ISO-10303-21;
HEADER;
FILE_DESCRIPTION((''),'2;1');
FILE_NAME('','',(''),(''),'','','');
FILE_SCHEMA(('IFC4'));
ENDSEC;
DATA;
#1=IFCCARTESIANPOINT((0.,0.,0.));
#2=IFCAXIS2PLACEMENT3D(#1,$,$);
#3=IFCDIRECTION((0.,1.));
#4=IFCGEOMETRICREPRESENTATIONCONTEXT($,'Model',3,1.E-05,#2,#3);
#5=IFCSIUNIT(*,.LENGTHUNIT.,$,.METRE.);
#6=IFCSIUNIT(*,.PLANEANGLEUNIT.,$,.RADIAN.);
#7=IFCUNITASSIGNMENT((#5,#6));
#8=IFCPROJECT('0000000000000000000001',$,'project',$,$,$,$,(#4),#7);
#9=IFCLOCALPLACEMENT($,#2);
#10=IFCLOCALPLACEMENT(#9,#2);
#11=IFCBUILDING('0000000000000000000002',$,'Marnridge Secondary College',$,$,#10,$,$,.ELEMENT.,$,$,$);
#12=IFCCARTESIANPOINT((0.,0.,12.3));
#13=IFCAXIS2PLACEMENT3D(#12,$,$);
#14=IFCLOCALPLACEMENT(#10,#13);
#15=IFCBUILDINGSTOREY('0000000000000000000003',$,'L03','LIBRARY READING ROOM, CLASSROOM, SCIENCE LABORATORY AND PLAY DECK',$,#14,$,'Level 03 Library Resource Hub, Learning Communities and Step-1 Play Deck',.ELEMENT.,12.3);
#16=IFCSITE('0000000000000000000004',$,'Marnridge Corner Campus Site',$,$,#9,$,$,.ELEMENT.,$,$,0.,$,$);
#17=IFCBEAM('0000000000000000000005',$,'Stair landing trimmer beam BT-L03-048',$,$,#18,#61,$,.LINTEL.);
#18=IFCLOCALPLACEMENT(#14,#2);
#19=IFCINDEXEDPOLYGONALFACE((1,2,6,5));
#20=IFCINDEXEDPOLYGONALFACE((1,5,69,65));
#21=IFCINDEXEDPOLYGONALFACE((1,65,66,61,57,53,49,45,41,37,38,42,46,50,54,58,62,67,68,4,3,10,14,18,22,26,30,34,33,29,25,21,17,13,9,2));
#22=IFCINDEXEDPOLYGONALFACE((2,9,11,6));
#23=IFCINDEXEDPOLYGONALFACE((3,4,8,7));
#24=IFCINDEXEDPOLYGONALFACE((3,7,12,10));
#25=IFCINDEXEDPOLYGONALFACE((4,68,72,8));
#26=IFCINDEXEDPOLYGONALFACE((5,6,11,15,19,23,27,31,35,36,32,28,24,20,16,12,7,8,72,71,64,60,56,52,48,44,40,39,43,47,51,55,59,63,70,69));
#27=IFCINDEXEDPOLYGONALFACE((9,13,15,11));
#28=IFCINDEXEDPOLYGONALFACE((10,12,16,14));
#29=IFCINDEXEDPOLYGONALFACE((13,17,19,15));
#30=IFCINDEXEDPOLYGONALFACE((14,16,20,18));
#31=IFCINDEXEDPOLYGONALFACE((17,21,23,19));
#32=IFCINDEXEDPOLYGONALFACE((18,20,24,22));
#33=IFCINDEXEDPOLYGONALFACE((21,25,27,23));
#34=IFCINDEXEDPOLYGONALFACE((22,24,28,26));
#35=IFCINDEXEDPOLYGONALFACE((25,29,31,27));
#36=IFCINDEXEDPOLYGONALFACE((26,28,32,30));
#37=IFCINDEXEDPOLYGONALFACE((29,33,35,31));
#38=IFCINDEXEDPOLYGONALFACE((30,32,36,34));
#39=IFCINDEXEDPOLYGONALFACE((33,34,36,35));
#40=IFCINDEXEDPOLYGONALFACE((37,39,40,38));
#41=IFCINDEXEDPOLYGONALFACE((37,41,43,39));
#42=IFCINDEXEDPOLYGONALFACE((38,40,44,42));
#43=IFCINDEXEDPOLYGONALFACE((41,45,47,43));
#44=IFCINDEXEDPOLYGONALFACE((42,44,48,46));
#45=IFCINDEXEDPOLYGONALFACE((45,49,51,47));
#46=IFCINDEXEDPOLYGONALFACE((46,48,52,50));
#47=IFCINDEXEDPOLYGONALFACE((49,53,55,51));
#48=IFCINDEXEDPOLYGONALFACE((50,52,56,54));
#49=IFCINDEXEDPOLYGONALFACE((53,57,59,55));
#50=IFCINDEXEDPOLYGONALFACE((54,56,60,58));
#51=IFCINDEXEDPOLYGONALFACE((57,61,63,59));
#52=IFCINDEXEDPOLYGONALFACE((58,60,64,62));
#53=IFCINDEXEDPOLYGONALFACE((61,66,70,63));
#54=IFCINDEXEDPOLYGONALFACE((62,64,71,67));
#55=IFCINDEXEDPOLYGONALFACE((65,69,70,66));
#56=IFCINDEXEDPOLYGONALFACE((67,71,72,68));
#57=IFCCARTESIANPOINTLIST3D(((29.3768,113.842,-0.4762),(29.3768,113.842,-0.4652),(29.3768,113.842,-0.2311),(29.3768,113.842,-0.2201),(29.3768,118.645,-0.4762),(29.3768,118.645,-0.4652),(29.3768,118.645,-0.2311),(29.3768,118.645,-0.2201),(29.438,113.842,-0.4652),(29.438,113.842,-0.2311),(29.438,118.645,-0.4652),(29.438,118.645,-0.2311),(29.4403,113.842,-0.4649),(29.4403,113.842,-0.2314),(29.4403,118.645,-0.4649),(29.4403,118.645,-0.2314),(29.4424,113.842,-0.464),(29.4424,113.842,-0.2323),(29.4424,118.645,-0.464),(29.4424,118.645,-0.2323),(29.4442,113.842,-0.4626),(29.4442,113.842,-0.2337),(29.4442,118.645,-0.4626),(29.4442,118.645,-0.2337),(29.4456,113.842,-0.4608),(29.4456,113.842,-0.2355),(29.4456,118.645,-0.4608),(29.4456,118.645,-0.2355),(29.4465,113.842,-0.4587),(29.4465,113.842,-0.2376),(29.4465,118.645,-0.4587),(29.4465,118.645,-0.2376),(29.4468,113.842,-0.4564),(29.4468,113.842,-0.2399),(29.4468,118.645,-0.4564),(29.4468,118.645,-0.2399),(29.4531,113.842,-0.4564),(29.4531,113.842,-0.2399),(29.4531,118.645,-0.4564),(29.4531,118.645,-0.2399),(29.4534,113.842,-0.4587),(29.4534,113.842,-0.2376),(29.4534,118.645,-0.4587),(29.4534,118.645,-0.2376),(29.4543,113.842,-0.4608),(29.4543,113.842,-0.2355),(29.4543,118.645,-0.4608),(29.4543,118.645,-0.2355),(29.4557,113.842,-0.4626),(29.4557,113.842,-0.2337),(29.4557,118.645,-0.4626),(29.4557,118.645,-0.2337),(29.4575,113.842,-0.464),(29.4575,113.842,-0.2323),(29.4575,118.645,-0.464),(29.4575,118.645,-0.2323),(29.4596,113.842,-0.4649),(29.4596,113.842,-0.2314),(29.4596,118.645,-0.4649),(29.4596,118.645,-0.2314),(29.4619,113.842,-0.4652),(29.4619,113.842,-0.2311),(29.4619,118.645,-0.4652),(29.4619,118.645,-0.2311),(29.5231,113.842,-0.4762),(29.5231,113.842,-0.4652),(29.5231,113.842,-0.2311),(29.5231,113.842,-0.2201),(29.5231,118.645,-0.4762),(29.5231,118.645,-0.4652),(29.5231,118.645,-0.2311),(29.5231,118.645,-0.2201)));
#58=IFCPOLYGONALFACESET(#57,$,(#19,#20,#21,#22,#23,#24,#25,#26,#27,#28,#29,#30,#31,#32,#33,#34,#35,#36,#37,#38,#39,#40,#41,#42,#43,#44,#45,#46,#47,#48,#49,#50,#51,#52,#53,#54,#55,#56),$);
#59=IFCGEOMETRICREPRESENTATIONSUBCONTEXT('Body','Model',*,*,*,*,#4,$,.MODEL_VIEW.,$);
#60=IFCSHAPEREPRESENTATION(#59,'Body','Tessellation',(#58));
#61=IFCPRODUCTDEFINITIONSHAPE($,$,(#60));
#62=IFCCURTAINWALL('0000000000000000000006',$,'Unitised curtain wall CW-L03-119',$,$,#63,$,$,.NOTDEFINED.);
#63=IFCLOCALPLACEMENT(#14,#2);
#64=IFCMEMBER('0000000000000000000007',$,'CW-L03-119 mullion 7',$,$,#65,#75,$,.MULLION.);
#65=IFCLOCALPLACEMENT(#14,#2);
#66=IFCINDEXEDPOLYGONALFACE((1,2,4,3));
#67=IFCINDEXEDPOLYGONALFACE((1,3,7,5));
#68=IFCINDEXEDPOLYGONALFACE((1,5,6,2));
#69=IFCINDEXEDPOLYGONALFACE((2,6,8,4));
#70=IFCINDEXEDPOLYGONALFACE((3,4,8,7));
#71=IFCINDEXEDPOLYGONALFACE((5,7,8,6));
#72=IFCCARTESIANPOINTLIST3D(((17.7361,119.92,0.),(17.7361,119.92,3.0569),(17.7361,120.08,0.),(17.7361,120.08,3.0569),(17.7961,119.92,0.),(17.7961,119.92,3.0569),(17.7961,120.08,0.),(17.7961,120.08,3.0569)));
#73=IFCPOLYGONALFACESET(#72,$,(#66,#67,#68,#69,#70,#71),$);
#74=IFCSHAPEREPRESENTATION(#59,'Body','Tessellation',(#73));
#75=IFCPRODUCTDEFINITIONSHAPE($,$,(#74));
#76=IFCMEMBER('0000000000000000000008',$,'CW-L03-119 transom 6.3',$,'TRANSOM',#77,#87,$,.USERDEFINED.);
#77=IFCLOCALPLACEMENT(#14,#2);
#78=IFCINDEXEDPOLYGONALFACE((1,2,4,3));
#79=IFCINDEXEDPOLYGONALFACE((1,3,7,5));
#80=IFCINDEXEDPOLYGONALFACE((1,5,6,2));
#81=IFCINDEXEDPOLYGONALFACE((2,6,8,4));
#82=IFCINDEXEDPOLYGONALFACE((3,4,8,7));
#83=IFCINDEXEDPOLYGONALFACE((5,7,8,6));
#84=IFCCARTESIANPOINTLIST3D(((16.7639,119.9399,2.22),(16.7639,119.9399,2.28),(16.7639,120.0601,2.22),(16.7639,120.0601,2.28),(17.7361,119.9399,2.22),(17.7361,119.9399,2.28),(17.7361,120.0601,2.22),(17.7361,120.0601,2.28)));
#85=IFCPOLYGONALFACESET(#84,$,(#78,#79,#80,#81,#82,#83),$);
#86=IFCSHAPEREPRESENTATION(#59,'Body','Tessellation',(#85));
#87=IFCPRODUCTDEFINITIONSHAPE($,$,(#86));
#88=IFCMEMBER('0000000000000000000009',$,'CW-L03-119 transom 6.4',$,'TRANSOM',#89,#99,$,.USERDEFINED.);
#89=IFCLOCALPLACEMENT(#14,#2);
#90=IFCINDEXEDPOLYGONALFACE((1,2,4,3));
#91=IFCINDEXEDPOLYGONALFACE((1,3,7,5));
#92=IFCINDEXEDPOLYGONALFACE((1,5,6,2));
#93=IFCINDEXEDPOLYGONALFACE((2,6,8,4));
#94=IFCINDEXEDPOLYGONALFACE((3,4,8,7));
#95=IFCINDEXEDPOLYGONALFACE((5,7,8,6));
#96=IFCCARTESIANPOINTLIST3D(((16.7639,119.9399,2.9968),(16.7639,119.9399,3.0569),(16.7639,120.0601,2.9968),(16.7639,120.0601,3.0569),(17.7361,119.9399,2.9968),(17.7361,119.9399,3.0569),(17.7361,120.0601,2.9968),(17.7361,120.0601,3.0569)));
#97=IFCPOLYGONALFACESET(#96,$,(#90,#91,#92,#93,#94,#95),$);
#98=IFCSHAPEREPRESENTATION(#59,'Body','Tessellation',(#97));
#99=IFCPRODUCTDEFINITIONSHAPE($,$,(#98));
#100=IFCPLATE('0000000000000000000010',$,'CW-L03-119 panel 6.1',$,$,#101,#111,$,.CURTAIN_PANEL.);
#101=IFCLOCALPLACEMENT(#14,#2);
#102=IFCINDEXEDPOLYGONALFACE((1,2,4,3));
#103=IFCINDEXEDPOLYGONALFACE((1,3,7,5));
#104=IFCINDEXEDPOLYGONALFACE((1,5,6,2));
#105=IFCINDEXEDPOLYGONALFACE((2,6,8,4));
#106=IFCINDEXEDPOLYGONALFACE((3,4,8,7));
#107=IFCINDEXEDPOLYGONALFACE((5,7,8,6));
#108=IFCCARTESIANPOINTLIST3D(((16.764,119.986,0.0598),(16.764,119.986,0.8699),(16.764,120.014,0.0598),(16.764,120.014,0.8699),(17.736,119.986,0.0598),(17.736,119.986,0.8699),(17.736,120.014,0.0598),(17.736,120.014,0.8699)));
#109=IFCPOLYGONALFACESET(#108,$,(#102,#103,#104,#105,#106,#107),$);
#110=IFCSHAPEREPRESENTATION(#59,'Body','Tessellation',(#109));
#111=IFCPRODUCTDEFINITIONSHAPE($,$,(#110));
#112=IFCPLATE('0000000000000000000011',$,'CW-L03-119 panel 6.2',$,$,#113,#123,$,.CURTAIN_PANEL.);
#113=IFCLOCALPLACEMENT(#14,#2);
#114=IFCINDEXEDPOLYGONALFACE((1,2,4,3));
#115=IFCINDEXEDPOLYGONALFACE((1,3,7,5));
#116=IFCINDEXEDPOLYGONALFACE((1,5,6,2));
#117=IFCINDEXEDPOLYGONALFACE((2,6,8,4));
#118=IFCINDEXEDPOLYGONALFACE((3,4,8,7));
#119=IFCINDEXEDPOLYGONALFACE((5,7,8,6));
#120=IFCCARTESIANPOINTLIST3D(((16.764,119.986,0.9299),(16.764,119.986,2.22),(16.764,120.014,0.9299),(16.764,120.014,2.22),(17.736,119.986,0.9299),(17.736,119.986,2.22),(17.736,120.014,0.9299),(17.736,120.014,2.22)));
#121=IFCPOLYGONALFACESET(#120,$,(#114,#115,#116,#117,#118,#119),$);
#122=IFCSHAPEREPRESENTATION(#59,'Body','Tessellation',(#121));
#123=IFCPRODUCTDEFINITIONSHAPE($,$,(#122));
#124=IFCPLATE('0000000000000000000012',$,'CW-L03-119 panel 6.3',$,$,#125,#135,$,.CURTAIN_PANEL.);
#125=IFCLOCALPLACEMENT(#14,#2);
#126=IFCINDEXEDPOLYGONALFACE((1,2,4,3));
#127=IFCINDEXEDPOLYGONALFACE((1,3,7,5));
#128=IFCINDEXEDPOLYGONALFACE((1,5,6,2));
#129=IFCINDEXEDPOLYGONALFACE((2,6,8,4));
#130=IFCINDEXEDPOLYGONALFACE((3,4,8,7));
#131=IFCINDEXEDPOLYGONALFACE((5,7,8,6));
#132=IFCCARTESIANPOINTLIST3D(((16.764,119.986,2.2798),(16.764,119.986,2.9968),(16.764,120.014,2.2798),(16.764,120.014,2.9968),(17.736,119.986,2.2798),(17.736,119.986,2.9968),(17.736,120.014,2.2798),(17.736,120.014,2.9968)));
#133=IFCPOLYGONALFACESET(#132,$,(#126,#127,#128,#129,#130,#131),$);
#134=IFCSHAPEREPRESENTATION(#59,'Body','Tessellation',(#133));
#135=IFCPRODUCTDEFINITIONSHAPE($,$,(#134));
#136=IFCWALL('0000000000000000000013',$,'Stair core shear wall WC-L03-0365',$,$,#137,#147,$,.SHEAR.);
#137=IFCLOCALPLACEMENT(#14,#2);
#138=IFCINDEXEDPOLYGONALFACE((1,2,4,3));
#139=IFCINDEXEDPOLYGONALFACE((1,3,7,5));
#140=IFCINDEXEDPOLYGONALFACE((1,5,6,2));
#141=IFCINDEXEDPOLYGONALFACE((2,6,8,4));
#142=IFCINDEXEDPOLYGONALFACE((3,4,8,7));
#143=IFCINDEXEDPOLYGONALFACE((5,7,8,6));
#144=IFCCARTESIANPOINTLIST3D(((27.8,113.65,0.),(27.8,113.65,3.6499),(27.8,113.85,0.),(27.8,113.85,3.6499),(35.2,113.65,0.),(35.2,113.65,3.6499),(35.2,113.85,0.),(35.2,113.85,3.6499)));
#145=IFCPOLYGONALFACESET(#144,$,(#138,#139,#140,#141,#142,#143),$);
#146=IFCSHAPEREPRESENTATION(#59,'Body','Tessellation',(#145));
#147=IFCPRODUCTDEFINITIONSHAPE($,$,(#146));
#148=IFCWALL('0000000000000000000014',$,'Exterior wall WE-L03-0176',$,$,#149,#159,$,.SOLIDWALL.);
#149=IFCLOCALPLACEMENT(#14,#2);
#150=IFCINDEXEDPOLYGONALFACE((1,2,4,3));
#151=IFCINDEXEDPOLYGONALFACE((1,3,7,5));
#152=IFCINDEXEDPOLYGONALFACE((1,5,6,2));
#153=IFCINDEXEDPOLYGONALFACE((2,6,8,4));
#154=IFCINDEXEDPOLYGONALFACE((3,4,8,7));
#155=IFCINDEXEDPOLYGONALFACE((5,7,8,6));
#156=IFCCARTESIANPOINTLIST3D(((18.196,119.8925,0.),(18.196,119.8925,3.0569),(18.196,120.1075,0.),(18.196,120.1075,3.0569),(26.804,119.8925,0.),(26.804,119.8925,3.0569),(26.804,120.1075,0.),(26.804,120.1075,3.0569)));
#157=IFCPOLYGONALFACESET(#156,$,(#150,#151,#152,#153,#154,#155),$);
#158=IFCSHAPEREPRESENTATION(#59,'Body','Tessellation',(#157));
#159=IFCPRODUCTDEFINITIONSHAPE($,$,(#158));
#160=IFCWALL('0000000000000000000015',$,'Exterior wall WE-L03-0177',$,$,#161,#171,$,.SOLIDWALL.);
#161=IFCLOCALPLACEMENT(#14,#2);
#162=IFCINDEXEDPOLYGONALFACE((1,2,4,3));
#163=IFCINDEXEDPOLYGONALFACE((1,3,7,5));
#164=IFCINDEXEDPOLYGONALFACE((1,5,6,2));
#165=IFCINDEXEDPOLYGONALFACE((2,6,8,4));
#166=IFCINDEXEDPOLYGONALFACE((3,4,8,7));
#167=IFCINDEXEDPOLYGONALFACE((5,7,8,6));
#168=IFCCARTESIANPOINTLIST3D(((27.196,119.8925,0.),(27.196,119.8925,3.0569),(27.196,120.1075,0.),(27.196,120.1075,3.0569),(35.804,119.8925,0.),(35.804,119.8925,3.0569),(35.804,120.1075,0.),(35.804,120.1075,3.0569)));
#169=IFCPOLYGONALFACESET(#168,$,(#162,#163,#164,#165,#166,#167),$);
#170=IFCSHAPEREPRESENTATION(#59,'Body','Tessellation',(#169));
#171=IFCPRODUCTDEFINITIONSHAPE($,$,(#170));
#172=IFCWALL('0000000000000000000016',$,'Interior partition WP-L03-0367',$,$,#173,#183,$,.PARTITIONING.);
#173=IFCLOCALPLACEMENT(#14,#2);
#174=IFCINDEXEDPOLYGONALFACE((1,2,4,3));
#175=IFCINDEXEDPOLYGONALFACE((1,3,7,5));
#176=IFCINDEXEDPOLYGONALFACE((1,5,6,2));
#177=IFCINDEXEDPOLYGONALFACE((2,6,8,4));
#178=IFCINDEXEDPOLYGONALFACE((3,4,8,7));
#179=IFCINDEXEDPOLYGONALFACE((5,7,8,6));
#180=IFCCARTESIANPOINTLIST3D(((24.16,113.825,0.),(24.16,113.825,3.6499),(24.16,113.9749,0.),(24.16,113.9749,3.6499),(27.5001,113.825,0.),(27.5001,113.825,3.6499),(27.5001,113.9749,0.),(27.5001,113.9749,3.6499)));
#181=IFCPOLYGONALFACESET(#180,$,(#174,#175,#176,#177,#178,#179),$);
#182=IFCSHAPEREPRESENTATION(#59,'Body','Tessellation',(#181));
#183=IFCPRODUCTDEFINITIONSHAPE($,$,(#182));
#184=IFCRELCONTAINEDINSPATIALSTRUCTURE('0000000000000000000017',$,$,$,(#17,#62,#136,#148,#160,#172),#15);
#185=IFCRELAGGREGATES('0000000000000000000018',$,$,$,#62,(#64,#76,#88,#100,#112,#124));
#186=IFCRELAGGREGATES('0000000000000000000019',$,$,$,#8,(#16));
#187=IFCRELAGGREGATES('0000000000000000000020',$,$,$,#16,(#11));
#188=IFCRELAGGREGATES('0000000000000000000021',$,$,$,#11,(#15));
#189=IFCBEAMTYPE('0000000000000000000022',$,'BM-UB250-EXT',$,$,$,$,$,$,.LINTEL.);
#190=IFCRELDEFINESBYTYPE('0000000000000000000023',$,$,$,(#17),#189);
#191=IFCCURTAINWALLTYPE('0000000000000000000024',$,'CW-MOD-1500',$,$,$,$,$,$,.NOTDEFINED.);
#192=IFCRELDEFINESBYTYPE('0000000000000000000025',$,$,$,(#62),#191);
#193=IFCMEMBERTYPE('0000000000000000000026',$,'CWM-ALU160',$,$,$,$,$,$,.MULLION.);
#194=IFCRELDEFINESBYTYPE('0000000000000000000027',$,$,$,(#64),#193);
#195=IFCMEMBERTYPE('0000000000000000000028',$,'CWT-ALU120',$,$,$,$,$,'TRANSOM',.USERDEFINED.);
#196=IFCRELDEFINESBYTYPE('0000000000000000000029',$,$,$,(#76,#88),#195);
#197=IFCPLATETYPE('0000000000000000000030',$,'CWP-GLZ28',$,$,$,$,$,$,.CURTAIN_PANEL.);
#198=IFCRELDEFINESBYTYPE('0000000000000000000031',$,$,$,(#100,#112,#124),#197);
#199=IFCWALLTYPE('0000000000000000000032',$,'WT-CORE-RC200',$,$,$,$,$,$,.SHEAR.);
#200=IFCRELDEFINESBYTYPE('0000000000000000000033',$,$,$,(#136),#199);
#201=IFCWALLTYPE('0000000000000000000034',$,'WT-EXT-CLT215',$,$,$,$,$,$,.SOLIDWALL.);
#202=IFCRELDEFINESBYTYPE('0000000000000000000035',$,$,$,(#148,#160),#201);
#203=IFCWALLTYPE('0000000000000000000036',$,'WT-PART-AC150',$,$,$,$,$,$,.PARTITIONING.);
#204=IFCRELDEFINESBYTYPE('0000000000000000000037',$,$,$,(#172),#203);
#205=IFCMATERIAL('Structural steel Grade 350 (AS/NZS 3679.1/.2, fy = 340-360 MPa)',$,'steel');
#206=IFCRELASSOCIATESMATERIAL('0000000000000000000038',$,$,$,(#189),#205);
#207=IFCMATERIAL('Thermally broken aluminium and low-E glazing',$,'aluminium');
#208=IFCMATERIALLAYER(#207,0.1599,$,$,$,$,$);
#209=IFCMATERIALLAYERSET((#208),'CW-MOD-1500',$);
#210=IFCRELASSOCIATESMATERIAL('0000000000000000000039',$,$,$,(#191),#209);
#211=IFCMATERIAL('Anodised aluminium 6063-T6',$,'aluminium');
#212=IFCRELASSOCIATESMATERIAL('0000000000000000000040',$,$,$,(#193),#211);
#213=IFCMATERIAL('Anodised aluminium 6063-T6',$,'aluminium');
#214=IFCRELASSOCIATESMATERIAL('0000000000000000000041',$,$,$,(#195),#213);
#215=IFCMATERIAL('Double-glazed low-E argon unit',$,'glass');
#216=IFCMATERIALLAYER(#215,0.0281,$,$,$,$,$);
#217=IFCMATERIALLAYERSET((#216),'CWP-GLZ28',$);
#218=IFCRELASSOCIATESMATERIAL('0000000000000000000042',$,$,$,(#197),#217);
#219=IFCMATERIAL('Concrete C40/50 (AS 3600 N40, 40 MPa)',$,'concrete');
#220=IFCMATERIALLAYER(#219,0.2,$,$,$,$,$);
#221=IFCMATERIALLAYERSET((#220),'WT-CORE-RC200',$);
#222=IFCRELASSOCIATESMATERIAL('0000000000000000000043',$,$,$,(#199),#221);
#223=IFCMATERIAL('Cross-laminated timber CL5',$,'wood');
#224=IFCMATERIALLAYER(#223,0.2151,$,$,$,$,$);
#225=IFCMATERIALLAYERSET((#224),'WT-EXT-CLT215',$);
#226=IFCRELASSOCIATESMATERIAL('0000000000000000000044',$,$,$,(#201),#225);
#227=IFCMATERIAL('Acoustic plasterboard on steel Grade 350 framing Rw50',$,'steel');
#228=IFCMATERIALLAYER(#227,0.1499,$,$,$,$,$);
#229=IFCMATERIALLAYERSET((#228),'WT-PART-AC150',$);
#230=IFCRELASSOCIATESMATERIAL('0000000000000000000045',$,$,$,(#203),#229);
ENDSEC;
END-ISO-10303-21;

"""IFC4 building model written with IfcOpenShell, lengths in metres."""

from ifc_helpers import new_model, si_unit, direction, frame, frame_2d, origin, origin_2d, place, context, subcontext, project, spatial, rectangle, i_section, extrude, material, layer, layer_set, material_profile, profile_set, type_object, element, aggregate, save


model = new_model("IFC4")

# Units and contexts
model_context = context("Model", 3, precision=1e-05, world=origin(), true_north=direction((0.0, 1.0)))
body_context = subcontext(model_context, "Body", "Model", "MODEL_VIEW")
ifc_project = project(units=[si_unit("LENGTHUNIT", "METRE"), si_unit("PLANEANGLEUNIT", "RADIAN")], contexts=[model_context])

# Site, building, storey
site_placement = place(None, origin())
site = spatial("IfcSite", under=ifc_project, at=site_placement, Name="Marnridge Corner Campus Site", CompositionType="ELEMENT", RefElevation=0.0)
building_placement = place(site_placement, origin())
building = spatial("IfcBuilding", under=site, at=building_placement, Name="Marnridge Secondary College", CompositionType="ELEMENT")
storey_placement = place(building_placement, frame((0.0, 0.0, 12.3)))
storey = spatial("IfcBuildingStorey", under=building, at=storey_placement, Name="L03", Description="LIBRARY READING ROOM, CLASSROOM, SCIENCE LABORATORY AND PLAY DECK", LongName="Level 03 Library Resource Hub, Learning Communities and Step-1 Play Deck", CompositionType="ELEMENT", Elevation=12.3)

# Beam
ifc_material_1 = material(Name="Structural steel Grade 350 (AS/NZS 3679.1/.2, fy = 340-360 MPa)", Category="steel")
ifc_material_profile_1 = material_profile(ifc_material_1, i_section(OverallWidth=0.1462, OverallDepth=0.2561, WebThickness=0.0063, FlangeThickness=0.011, FilletRadius=0.0088, at=origin_2d()), Name="250UB37.3")
ifc_profile_set_1 = profile_set([ifc_material_profile_1], Name="Structural steel Grade 350 (AS/NZS 3679.1/.2, fy = 340-360 MPa)")
beam_type_1 = type_object("IfcBeamType", Name="BM-UB250-EXT", PredefinedType="LINTEL", material=ifc_profile_set_1)
beam_1_placement = place(storey_placement, frame((29.45, 113.842, -0.3481), z_axis=(0.0, 1.0, 0.0), x_axis=(-1.0, 0.0, 0.0)))
element("IfcBeam", 1, at=beam_1_placement, inside=storey, type_object=beam_type_1, Name="Stair landing trimmer beam BT-L03-048", PredefinedType="LINTEL", context=body_context, shape_type="SweptSolid", body=[
    extrude(i_section(OverallWidth=0.1462, OverallDepth=0.2561, WebThickness=0.0063, FlangeThickness=0.011, FilletRadius=0.0088, at=origin_2d()), origin(), (0.0, 0.0, 1.0), 4.803),
])

# Curtain wall, members, plates
ifc_material_2 = material(Name="Thermally broken aluminium and low-E glazing", Category="aluminium")
ifc_layer_1 = layer(ifc_material_2, 0.1599)
ifc_layer_set_1 = layer_set([ifc_layer_1], Name="CW-MOD-1500")
curtain_wall_type = type_object("IfcCurtainWallType", Name="CW-MOD-1500", PredefinedType="NOTDEFINED", material=ifc_layer_set_1)
curtain_wall_placement = place(storey_placement, origin())
curtain_wall = element("IfcCurtainWall", 2, at=curtain_wall_placement, inside=storey, type_object=curtain_wall_type, Name="Unitised curtain wall CW-L03-119", PredefinedType="NOTDEFINED")
ifc_material_3 = material(Name="Anodised aluminium 6063-T6", Category="aluminium")
ifc_material_profile_2 = material_profile(ifc_material_3, rectangle(XDim=0.0601, YDim=0.1599, at=origin_2d()), Name="ALU 60x160")
ifc_profile_set_2 = profile_set([ifc_material_profile_2], Name="Anodised aluminium 6063-T6")
member_type_1 = type_object("IfcMemberType", Name="CWM-ALU160", PredefinedType="MULLION", material=ifc_profile_set_2)
member_1_placement = place(storey_placement, frame((17.7661, 120.0, 0.0), z_axis=(0.0, 0.0, 1.0), x_axis=(1.0, 0.0, 0.0)))
member_1 = element("IfcMember", 3, at=member_1_placement, type_object=member_type_1, Name="CW-L03-119 mullion 7", PredefinedType="MULLION", context=body_context, shape_type="SweptSolid", body=[
    extrude(rectangle(XDim=0.0601, YDim=0.1599, at=origin_2d()), origin(), (0.0, 0.0, 1.0), 3.0569),
])
ifc_material_4 = material(Name="Anodised aluminium 6063-T6", Category="aluminium")
ifc_material_profile_3 = material_profile(ifc_material_4, rectangle(XDim=0.0601, YDim=0.1201, at=origin_2d()), Name="ALU 60x120")
ifc_profile_set_3 = profile_set([ifc_material_profile_3], Name="Anodised aluminium 6063-T6")
member_type_2 = type_object("IfcMemberType", Name="CWT-ALU120", ElementType="TRANSOM", PredefinedType="USERDEFINED", material=ifc_profile_set_3)
member_2_placement = place(storey_placement, frame((16.7639, 120.0, 2.25), z_axis=(1.0, 0.0, 0.0), x_axis=(0.0, 0.0, 1.0)))
member_2 = element("IfcMember", 4, at=member_2_placement, type_object=member_type_2, Name="CW-L03-119 transom 6.3", ObjectType="TRANSOM", PredefinedType="USERDEFINED", context=body_context, shape_type="SweptSolid", body=[
    extrude(rectangle(XDim=0.0601, YDim=0.1201, at=origin_2d()), origin(), (0.0, 0.0, 1.0), 0.9722),
])
member_3_placement = place(storey_placement, frame((16.7639, 120.0, 3.0269), z_axis=(1.0, 0.0, 0.0), x_axis=(0.0, 0.0, 1.0)))
member_3 = element("IfcMember", 5, at=member_3_placement, type_object=member_type_2, Name="CW-L03-119 transom 6.4", ObjectType="TRANSOM", PredefinedType="USERDEFINED", context=body_context, shape_type="SweptSolid", body=[
    extrude(rectangle(XDim=0.0601, YDim=0.1201, at=origin_2d()), origin(), (0.0, 0.0, 1.0), 0.9722),
])
ifc_material_5 = material(Name="Double-glazed low-E argon unit", Category="glass")
ifc_layer_2 = layer(ifc_material_5, 0.0281)
ifc_layer_set_2 = layer_set([ifc_layer_2], Name="CWP-GLZ28")
plate_type = type_object("IfcPlateType", Name="CWP-GLZ28", PredefinedType="CURTAIN_PANEL", material=ifc_layer_set_2)
plate_1_placement = place(storey_placement, frame((17.25, 120.0, 0.0598), z_axis=(0.0, 0.0, 1.0), x_axis=(1.0, 0.0, 0.0)))
plate_1 = element("IfcPlate", 6, at=plate_1_placement, type_object=plate_type, Name="CW-L03-119 panel 6.1", PredefinedType="CURTAIN_PANEL", context=body_context, shape_type="SweptSolid", body=[
    extrude(rectangle(XDim=0.9719, YDim=0.0281, at=origin_2d()), origin(), (0.0, 0.0, 1.0), 0.8101),
])
plate_2_placement = place(storey_placement, frame((17.25, 120.0, 0.9299), z_axis=(0.0, 0.0, 1.0), x_axis=(1.0, 0.0, 0.0)))
plate_2 = element("IfcPlate", 7, at=plate_2_placement, type_object=plate_type, Name="CW-L03-119 panel 6.2", PredefinedType="CURTAIN_PANEL", context=body_context, shape_type="SweptSolid", body=[
    extrude(rectangle(XDim=0.9719, YDim=0.0281, at=origin_2d()), origin(), (0.0, 0.0, 1.0), 1.29),
])
plate_3_placement = place(storey_placement, frame((17.25, 120.0, 2.2798), z_axis=(0.0, 0.0, 1.0), x_axis=(1.0, 0.0, 0.0)))
plate_3 = element("IfcPlate", 8, at=plate_3_placement, type_object=plate_type, Name="CW-L03-119 panel 6.3", PredefinedType="CURTAIN_PANEL", context=body_context, shape_type="SweptSolid", body=[
    extrude(rectangle(XDim=0.9719, YDim=0.0281, at=origin_2d()), origin(), (0.0, 0.0, 1.0), 0.717),
])
aggregate(curtain_wall, [member_1, member_2, member_3, plate_1, plate_2, plate_3])

# Wall
ifc_material_6 = material(Name="Concrete C40/50 (AS 3600 N40, 40 MPa)", Category="concrete")
ifc_layer_3 = layer(ifc_material_6, 0.2)
ifc_layer_set_3 = layer_set([ifc_layer_3], Name="WT-CORE-RC200")
wall_type_1 = type_object("IfcWallType", Name="WT-CORE-RC200", PredefinedType="SHEAR", material=ifc_layer_set_3)
wall_1_placement = place(storey_placement, frame((27.8, 113.75, 0.0), z_axis=(0.0, 0.0, 1.0), x_axis=(1.0, 0.0, 0.0)))
element("IfcWall", 9, at=wall_1_placement, inside=storey, type_object=wall_type_1, Name="Stair core shear wall WC-L03-0365", PredefinedType="SHEAR", context=body_context, shape_type="SweptSolid", body=[
    extrude(rectangle(XDim=7.3999, YDim=0.2, at=frame_2d((3.7, 0.0))), origin(), (0.0, 0.0, 1.0), 3.6499),
])

# Walls
ifc_material_7 = material(Name="Cross-laminated timber CL5", Category="wood")
ifc_layer_4 = layer(ifc_material_7, 0.2151)
ifc_layer_set_4 = layer_set([ifc_layer_4], Name="WT-EXT-CLT215")
wall_type_2 = type_object("IfcWallType", Name="WT-EXT-CLT215", PredefinedType="SOLIDWALL", material=ifc_layer_set_4)
for number, where, z_axis, x_axis, name in (
    (10, (18.196, 120.0, 0.0), (0.0, 0.0, 1.0), (1.0, 0.0, 0.0), "Exterior wall WE-L03-0176"),
    (11, (27.196, 120.0, 0.0), (0.0, 0.0, 1.0), (1.0, 0.0, 0.0), "Exterior wall WE-L03-0177"),
):
    element("IfcWall", number, at=place(storey_placement, frame(where, z_axis=z_axis, x_axis=x_axis)), inside=storey, type_object=wall_type_2, Name=name, PredefinedType="SOLIDWALL", context=body_context, shape_type="SweptSolid", body=[
        extrude(rectangle(XDim=8.6079, YDim=0.2151, at=frame_2d((4.304, 0.0))), origin(), (0.0, 0.0, 1.0), 3.0569),
    ])
ifc_material_8 = material(Name="Acoustic plasterboard on steel Grade 350 framing Rw50", Category="steel")
ifc_layer_5 = layer(ifc_material_8, 0.1499)
ifc_layer_set_5 = layer_set([ifc_layer_5], Name="WT-PART-AC150")
wall_type_3 = type_object("IfcWallType", Name="WT-PART-AC150", PredefinedType="PARTITIONING", material=ifc_layer_set_5)
wall_2_placement = place(storey_placement, frame((27.5, 113.8999, 0.0), z_axis=(0.0, 0.0, 1.0), x_axis=(-1.0, 0.0, 0.0)))
element("IfcWall", 12, at=wall_2_placement, inside=storey, type_object=wall_type_3, Name="Interior partition WP-L03-0367", PredefinedType="PARTITIONING", context=body_context, shape_type="SweptSolid", body=[
    extrude(rectangle(XDim=3.3401, YDim=0.1499, at=frame_2d((1.6699, 0.0))), origin(), (0.0, 0.0, 1.0), 3.6499),
])

save(model, "model.ifc")
